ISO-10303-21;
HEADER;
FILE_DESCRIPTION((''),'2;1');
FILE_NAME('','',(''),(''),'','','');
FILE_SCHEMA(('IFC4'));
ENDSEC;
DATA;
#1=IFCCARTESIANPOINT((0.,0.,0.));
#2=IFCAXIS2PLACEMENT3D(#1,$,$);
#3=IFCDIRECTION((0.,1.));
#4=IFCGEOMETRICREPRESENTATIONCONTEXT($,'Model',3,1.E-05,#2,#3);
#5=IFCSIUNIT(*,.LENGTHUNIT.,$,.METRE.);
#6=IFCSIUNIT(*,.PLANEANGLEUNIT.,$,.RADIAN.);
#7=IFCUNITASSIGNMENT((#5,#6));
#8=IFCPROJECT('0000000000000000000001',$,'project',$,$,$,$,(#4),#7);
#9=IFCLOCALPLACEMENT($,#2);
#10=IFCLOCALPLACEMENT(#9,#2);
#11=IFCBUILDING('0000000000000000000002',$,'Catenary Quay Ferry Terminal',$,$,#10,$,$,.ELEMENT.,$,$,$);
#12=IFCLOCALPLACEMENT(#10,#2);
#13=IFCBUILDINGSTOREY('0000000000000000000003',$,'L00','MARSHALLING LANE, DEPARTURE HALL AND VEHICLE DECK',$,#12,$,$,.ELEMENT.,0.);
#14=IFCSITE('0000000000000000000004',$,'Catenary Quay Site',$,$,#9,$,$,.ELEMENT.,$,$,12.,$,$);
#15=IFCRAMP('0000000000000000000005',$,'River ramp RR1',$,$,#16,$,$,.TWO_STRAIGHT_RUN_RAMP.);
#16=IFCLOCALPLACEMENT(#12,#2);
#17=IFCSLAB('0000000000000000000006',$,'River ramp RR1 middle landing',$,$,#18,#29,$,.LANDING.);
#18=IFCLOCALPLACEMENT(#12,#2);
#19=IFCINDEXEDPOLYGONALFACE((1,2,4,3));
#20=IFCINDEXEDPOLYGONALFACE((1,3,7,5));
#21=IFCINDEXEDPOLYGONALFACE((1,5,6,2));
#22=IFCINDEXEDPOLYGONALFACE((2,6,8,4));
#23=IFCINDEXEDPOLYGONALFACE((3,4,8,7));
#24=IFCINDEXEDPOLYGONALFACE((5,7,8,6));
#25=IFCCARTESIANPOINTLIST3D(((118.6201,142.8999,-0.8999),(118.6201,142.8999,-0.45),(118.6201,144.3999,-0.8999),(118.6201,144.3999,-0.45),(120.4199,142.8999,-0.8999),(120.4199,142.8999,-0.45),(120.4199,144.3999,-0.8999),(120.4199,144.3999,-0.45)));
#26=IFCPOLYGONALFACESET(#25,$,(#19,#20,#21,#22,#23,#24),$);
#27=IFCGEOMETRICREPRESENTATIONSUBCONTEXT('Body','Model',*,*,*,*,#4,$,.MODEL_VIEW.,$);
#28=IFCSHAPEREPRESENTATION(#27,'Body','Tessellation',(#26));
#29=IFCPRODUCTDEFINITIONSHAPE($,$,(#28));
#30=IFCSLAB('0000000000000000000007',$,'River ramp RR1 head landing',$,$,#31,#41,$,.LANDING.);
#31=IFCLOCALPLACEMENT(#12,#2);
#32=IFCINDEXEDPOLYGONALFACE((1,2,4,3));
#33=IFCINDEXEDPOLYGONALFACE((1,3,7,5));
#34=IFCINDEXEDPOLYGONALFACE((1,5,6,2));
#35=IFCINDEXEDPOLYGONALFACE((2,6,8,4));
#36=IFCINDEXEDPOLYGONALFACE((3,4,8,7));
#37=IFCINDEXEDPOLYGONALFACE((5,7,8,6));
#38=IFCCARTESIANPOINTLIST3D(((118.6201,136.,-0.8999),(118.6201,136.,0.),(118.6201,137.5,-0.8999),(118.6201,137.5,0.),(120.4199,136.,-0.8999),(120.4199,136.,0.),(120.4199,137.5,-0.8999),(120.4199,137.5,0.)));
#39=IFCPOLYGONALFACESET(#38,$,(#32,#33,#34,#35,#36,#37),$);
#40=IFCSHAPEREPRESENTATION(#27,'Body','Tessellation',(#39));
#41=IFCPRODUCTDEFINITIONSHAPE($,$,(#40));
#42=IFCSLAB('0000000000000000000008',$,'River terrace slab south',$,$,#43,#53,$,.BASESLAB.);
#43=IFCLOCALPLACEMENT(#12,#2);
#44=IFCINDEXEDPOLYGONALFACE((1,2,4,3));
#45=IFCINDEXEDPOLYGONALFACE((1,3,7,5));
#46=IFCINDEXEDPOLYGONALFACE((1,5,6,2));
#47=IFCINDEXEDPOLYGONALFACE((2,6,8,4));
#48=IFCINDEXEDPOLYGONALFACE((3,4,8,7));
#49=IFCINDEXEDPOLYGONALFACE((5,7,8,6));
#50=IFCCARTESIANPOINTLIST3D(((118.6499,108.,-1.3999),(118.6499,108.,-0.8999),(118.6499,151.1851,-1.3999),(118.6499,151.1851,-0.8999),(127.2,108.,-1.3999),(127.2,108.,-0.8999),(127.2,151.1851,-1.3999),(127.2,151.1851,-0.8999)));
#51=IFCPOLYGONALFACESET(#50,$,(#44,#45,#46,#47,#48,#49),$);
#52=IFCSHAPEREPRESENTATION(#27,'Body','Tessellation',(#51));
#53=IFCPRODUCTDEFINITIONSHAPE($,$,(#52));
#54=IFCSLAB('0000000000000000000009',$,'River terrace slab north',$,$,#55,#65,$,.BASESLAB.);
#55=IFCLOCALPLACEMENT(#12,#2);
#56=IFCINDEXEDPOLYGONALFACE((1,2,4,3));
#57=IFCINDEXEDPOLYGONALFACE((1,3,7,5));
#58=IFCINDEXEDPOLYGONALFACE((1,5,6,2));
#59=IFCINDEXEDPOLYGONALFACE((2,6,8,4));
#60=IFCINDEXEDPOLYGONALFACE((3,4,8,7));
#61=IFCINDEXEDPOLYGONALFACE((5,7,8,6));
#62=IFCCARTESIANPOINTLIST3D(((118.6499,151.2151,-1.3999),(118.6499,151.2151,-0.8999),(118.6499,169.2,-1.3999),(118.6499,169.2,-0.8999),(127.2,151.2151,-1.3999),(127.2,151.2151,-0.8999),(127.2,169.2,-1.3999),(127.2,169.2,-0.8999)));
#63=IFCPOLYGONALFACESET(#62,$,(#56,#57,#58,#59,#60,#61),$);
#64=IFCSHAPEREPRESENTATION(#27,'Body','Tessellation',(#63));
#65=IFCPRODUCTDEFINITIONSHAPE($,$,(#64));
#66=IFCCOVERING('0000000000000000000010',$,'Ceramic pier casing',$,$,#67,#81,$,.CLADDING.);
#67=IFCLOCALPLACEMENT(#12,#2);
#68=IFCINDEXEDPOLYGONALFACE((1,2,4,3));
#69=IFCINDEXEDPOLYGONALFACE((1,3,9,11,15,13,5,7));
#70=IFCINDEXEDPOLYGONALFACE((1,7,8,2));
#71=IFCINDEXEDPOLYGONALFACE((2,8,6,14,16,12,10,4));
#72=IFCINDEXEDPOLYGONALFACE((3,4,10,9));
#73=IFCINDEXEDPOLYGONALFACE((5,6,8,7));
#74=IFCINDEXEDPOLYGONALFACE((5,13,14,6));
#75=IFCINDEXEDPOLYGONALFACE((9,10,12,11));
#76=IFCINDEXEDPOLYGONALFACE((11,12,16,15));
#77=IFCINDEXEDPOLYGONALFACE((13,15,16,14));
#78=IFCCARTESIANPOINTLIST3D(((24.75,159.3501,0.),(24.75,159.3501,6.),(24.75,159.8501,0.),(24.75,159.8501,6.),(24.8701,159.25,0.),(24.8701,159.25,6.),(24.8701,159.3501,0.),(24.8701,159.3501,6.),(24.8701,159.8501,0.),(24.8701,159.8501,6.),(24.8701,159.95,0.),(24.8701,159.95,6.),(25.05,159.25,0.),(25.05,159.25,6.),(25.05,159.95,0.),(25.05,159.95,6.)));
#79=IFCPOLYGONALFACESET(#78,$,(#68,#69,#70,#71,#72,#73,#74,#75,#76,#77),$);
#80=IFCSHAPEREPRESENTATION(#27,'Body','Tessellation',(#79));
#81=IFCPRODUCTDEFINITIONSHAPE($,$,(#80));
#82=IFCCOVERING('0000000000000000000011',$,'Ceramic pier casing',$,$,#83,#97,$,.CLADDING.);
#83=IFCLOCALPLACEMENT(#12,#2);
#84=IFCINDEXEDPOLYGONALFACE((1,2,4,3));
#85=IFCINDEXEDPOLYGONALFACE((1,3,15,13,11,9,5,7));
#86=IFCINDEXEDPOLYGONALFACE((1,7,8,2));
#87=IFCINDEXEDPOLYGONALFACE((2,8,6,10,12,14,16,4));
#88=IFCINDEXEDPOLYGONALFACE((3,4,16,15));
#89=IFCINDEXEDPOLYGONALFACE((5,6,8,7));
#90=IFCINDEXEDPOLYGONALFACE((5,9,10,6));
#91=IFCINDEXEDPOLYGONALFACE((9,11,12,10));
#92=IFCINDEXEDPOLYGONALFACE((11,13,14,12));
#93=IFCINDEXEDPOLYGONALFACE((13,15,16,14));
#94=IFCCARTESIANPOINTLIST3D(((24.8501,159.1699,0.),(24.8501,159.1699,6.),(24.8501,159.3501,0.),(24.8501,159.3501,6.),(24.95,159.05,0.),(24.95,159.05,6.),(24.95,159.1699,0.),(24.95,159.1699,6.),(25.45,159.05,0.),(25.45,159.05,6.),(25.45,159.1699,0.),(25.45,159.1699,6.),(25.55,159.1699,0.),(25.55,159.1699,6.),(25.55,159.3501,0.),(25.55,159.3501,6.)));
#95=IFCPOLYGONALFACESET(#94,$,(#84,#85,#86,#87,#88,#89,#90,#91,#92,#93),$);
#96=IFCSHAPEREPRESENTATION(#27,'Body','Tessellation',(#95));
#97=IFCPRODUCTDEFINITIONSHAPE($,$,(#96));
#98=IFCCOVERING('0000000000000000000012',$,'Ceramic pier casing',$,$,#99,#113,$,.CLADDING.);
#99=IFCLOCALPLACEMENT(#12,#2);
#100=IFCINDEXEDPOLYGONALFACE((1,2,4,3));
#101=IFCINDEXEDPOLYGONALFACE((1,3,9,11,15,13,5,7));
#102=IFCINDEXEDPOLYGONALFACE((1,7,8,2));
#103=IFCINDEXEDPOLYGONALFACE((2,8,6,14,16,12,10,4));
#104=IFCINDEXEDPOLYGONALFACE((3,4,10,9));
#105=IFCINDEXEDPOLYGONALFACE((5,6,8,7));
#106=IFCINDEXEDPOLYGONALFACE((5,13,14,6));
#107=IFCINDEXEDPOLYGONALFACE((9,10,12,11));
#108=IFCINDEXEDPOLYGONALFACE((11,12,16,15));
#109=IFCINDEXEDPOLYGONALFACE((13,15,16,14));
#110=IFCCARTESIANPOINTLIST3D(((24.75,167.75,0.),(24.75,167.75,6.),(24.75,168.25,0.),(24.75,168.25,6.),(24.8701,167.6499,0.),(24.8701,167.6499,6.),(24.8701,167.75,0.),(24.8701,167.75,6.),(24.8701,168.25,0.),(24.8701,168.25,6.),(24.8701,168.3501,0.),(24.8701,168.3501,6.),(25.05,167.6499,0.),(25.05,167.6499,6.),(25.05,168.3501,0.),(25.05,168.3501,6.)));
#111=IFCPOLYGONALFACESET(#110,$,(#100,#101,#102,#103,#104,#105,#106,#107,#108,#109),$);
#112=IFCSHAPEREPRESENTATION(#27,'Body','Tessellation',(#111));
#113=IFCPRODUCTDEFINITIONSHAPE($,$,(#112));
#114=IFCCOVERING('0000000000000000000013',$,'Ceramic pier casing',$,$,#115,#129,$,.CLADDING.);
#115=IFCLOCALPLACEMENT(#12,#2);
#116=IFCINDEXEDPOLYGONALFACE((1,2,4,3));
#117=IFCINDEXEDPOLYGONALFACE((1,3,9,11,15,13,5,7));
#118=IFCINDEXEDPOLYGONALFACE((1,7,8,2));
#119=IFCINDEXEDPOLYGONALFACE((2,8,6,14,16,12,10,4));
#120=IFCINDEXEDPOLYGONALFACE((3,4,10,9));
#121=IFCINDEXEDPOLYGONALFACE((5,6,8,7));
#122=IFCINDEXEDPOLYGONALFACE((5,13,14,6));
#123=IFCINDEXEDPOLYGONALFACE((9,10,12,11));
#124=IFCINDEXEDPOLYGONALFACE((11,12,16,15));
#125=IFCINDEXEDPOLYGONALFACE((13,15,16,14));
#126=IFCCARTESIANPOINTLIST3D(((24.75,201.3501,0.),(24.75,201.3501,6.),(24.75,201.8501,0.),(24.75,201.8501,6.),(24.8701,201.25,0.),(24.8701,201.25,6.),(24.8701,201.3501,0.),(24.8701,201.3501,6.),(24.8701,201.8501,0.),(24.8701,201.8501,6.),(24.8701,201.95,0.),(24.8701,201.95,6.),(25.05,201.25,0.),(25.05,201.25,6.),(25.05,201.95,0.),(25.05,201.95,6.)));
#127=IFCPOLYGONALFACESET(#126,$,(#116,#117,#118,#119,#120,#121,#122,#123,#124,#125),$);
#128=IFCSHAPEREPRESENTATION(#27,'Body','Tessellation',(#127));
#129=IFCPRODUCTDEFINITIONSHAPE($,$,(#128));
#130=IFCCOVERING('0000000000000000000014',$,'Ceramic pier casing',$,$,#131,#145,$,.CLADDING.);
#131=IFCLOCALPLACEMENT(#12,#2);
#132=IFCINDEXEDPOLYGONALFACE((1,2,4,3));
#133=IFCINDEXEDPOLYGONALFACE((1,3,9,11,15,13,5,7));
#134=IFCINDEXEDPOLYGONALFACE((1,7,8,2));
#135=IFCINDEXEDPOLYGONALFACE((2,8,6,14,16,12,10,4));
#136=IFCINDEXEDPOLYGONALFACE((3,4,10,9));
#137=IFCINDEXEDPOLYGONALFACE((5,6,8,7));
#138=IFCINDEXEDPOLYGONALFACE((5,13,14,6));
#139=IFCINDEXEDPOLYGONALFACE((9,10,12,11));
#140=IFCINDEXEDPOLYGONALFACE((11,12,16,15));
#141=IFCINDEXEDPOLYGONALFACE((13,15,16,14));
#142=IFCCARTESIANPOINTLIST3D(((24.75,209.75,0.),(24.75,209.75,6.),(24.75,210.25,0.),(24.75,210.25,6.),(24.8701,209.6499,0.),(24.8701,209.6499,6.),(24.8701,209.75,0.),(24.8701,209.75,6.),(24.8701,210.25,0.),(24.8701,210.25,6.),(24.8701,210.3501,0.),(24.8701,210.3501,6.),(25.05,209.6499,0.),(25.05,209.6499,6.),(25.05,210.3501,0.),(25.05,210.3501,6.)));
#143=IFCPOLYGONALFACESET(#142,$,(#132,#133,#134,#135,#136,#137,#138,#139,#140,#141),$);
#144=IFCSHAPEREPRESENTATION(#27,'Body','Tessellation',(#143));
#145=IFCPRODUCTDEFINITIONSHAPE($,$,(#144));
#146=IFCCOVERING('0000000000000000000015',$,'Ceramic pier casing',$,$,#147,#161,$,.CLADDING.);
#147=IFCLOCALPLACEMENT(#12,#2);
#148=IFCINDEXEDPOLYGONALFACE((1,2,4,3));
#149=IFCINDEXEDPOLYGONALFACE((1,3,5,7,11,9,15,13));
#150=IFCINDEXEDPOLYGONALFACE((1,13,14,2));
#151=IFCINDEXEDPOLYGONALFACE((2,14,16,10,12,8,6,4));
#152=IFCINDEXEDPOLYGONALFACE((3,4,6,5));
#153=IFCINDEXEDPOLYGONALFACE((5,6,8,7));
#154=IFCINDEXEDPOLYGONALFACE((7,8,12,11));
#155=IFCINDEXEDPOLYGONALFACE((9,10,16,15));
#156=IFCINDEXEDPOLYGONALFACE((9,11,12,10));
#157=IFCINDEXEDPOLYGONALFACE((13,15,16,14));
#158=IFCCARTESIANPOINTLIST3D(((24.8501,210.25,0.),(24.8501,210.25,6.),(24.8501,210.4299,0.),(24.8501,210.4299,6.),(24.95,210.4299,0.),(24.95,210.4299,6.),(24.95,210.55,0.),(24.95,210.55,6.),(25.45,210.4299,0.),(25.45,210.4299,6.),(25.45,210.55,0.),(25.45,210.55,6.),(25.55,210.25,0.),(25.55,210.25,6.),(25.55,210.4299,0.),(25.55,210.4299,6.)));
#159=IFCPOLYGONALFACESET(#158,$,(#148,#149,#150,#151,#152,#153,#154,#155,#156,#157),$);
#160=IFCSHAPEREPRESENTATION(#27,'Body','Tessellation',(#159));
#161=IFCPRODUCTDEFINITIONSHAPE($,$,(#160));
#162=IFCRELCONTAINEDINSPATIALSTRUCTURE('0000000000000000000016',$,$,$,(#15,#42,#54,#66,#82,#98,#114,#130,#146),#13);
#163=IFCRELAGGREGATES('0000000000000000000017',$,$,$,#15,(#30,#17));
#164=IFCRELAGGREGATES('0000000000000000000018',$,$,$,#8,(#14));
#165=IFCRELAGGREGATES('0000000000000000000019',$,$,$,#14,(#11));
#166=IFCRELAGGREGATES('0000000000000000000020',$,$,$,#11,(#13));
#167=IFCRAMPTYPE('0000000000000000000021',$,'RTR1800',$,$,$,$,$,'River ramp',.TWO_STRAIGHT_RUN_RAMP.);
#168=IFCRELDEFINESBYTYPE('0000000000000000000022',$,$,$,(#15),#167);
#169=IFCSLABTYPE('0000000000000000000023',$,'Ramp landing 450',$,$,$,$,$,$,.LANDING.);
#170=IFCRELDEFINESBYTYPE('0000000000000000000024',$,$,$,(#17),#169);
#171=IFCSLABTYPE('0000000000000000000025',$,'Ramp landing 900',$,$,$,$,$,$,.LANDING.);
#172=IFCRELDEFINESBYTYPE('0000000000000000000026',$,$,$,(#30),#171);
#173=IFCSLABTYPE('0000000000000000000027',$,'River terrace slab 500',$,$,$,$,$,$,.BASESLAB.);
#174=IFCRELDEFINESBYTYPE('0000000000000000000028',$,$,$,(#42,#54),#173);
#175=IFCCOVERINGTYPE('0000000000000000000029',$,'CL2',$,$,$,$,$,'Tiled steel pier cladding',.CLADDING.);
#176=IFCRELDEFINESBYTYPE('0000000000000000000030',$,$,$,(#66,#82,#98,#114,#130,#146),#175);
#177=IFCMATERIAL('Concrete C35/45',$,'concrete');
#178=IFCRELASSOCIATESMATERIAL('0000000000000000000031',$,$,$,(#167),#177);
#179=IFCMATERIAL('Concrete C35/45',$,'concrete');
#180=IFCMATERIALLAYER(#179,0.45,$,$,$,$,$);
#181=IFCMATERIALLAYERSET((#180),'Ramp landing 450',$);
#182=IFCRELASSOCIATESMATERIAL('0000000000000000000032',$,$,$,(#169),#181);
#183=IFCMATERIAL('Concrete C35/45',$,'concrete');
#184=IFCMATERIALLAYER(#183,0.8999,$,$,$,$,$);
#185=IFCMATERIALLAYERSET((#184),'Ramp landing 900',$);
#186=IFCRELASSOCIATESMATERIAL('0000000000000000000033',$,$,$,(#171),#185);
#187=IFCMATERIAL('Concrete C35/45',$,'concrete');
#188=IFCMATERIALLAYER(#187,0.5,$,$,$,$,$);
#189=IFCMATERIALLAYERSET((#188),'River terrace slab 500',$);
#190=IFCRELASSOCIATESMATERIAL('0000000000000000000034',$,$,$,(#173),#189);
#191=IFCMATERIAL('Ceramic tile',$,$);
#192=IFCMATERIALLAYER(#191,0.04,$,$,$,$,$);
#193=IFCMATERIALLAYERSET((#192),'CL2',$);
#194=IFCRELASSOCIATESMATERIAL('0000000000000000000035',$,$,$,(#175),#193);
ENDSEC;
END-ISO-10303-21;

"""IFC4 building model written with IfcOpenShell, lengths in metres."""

from ifc_helpers import new_model, si_unit, direction, frame, origin, place, context, subcontext, project, spatial, polyline, outline, extrude, material, layer, layer_set, type_object, element, aggregate, save


model = new_model("IFC4")

# Units and contexts
model_context = context("Model", 3, precision=1e-05, world=origin(), true_north=direction((0.0, 1.0)))
body_context = subcontext(model_context, "Body", "Model", "MODEL_VIEW")
ifc_project = project(units=[si_unit("LENGTHUNIT", "METRE"), si_unit("PLANEANGLEUNIT", "RADIAN")], contexts=[model_context])

# Site, building, storey
site_placement = place(None, origin())
site = spatial("IfcSite", under=ifc_project, at=site_placement, Name="Catenary Quay Site", CompositionType="ELEMENT", RefElevation=12.0)
building_placement = place(site_placement, origin())
building = spatial("IfcBuilding", under=site, at=building_placement, Name="Catenary Quay Ferry Terminal", CompositionType="ELEMENT")
storey_placement = place(building_placement, origin())
storey = spatial("IfcBuildingStorey", under=building, at=storey_placement, Name="L00", Description="MARSHALLING LANE, DEPARTURE HALL AND VEHICLE DECK", CompositionType="ELEMENT", Elevation=0.0)

# Ramp, slabs
ifc_material_1 = material(Name="Concrete C35/45", Category="concrete")
ramp_type = type_object("IfcRampType", Name="RTR1800", ElementType="River ramp", PredefinedType="TWO_STRAIGHT_RUN_RAMP", material=ifc_material_1)
ramp_placement = place(storey_placement, origin())
ramp = element("IfcRamp", 1, at=ramp_placement, inside=storey, type_object=ramp_type, Name="River ramp RR1", PredefinedType="TWO_STRAIGHT_RUN_RAMP")
ifc_material_2 = material(Name="Concrete C35/45", Category="concrete")
ifc_layer_1 = layer(ifc_material_2, 0.45)
ifc_layer_set_1 = layer_set([ifc_layer_1], Name="Ramp landing 450")
slab_type_1 = type_object("IfcSlabType", Name="Ramp landing 450", PredefinedType="LANDING", material=ifc_layer_set_1)
slab_1_placement = place(storey_placement, frame((0.0, 0.0, -0.8999)))
slab_1 = element("IfcSlab", 2, at=slab_1_placement, type_object=slab_type_1, Name="River ramp RR1 middle landing", PredefinedType="LANDING", context=body_context, shape_type="SweptSolid", body=[
    extrude(outline(polyline([(120.4199, 142.8999), (120.4199, 144.3999), (118.6201, 144.3999), (118.6201, 142.8999), (120.4199, 142.8999)])), origin(), (0.0, 0.0, 1.0), 0.45),
])
ifc_material_3 = material(Name="Concrete C35/45", Category="concrete")
ifc_layer_2 = layer(ifc_material_3, 0.8999)
ifc_layer_set_2 = layer_set([ifc_layer_2], Name="Ramp landing 900")
slab_type_2 = type_object("IfcSlabType", Name="Ramp landing 900", PredefinedType="LANDING", material=ifc_layer_set_2)
slab_2_placement = place(storey_placement, frame((0.0, 0.0, -0.8999)))
slab_2 = element("IfcSlab", 3, at=slab_2_placement, type_object=slab_type_2, Name="River ramp RR1 head landing", PredefinedType="LANDING", context=body_context, shape_type="SweptSolid", body=[
    extrude(outline(polyline([(120.4199, 136.0), (120.4199, 137.5), (118.6201, 137.5), (118.6201, 136.0), (120.4199, 136.0)])), origin(), (0.0, 0.0, 1.0), 0.8999),
])
aggregate(ramp, [slab_2, slab_1])

# Slabs
ifc_material_4 = material(Name="Concrete C35/45", Category="concrete")
ifc_layer_3 = layer(ifc_material_4, 0.5)
ifc_layer_set_3 = layer_set([ifc_layer_3], Name="River terrace slab 500")
slab_type_3 = type_object("IfcSlabType", Name="River terrace slab 500", PredefinedType="BASESLAB", material=ifc_layer_set_3)
slab_3_placement = place(storey_placement, frame((0.0, 0.0, -1.3999)))
element("IfcSlab", 4, at=slab_3_placement, inside=storey, type_object=slab_type_3, Name="River terrace slab south", PredefinedType="BASESLAB", context=body_context, shape_type="SweptSolid", body=[
    extrude(outline(polyline([(127.2, 108.0), (127.2, 151.1851), (118.6499, 151.1851), (118.6499, 108.0), (127.2, 108.0)])), origin(), (0.0, 0.0, 1.0), 0.5),
])
slab_4_placement = place(storey_placement, frame((0.0, 0.0, -1.3999)))
element("IfcSlab", 5, at=slab_4_placement, inside=storey, type_object=slab_type_3, Name="River terrace slab north", PredefinedType="BASESLAB", context=body_context, shape_type="SweptSolid", body=[
    extrude(outline(polyline([(127.2, 151.2151), (127.2, 169.2), (118.6499, 169.2), (118.6499, 151.2151), (127.2, 151.2151)])), origin(), (0.0, 0.0, 1.0), 0.5),
])

# Coverings
ifc_material_5 = material(Name="Ceramic tile")
ifc_layer_4 = layer(ifc_material_5, 0.04)
ifc_layer_set_4 = layer_set([ifc_layer_4], Name="CL2")
covering_type = type_object("IfcCoveringType", Name="CL2", ElementType="Tiled steel pier cladding", PredefinedType="CLADDING", material=ifc_layer_set_4)
covering_1_placement = place(storey_placement, origin())
element("IfcCovering", 6, at=covering_1_placement, inside=storey, type_object=covering_type, Name="Ceramic pier casing", PredefinedType="CLADDING", context=body_context, shape_type="SweptSolid", body=[
    extrude(outline(polyline([(25.05, 159.95), (24.8701, 159.95), (24.8701, 159.8501), (24.75, 159.8501), (24.75, 159.3501), (24.8701, 159.3501), (24.8701, 159.25), (25.05, 159.25), (25.05, 159.95)])), origin(), (0.0, 0.0, 1.0), 6.0),
])
covering_2_placement = place(storey_placement, origin())
element("IfcCovering", 7, at=covering_2_placement, inside=storey, type_object=covering_type, Name="Ceramic pier casing", PredefinedType="CLADDING", context=body_context, shape_type="SweptSolid", body=[
    extrude(outline(polyline([(24.8501, 159.3501), (24.8501, 159.1699), (24.95, 159.1699), (24.95, 159.05), (25.45, 159.05), (25.45, 159.1699), (25.55, 159.1699), (25.55, 159.3501), (24.8501, 159.3501)])), origin(), (0.0, 0.0, 1.0), 6.0),
])
covering_3_placement = place(storey_placement, origin())
element("IfcCovering", 8, at=covering_3_placement, inside=storey, type_object=covering_type, Name="Ceramic pier casing", PredefinedType="CLADDING", context=body_context, shape_type="SweptSolid", body=[
    extrude(outline(polyline([(25.05, 168.3501), (24.8701, 168.3501), (24.8701, 168.25), (24.75, 168.25), (24.75, 167.75), (24.8701, 167.75), (24.8701, 167.6499), (25.05, 167.6499), (25.05, 168.3501)])), origin(), (0.0, 0.0, 1.0), 6.0),
])
covering_4_placement = place(storey_placement, origin())
element("IfcCovering", 9, at=covering_4_placement, inside=storey, type_object=covering_type, Name="Ceramic pier casing", PredefinedType="CLADDING", context=body_context, shape_type="SweptSolid", body=[
    extrude(outline(polyline([(25.05, 201.95), (24.8701, 201.95), (24.8701, 201.8501), (24.75, 201.8501), (24.75, 201.3501), (24.8701, 201.3501), (24.8701, 201.25), (25.05, 201.25), (25.05, 201.95)])), origin(), (0.0, 0.0, 1.0), 6.0),
])
covering_5_placement = place(storey_placement, origin())
element("IfcCovering", 10, at=covering_5_placement, inside=storey, type_object=covering_type, Name="Ceramic pier casing", PredefinedType="CLADDING", context=body_context, shape_type="SweptSolid", body=[
    extrude(outline(polyline([(25.05, 210.3501), (24.8701, 210.3501), (24.8701, 210.25), (24.75, 210.25), (24.75, 209.75), (24.8701, 209.75), (24.8701, 209.6499), (25.05, 209.6499), (25.05, 210.3501)])), origin(), (0.0, 0.0, 1.0), 6.0),
])
covering_6_placement = place(storey_placement, origin())
element("IfcCovering", 11, at=covering_6_placement, inside=storey, type_object=covering_type, Name="Ceramic pier casing", PredefinedType="CLADDING", context=body_context, shape_type="SweptSolid", body=[
    extrude(outline(polyline([(25.55, 210.25), (25.55, 210.4299), (25.45, 210.4299), (25.45, 210.55), (24.95, 210.55), (24.95, 210.4299), (24.8501, 210.4299), (24.8501, 210.25), (25.55, 210.25)])), origin(), (0.0, 0.0, 1.0), 6.0),
])

save(model, "model.ifc")
